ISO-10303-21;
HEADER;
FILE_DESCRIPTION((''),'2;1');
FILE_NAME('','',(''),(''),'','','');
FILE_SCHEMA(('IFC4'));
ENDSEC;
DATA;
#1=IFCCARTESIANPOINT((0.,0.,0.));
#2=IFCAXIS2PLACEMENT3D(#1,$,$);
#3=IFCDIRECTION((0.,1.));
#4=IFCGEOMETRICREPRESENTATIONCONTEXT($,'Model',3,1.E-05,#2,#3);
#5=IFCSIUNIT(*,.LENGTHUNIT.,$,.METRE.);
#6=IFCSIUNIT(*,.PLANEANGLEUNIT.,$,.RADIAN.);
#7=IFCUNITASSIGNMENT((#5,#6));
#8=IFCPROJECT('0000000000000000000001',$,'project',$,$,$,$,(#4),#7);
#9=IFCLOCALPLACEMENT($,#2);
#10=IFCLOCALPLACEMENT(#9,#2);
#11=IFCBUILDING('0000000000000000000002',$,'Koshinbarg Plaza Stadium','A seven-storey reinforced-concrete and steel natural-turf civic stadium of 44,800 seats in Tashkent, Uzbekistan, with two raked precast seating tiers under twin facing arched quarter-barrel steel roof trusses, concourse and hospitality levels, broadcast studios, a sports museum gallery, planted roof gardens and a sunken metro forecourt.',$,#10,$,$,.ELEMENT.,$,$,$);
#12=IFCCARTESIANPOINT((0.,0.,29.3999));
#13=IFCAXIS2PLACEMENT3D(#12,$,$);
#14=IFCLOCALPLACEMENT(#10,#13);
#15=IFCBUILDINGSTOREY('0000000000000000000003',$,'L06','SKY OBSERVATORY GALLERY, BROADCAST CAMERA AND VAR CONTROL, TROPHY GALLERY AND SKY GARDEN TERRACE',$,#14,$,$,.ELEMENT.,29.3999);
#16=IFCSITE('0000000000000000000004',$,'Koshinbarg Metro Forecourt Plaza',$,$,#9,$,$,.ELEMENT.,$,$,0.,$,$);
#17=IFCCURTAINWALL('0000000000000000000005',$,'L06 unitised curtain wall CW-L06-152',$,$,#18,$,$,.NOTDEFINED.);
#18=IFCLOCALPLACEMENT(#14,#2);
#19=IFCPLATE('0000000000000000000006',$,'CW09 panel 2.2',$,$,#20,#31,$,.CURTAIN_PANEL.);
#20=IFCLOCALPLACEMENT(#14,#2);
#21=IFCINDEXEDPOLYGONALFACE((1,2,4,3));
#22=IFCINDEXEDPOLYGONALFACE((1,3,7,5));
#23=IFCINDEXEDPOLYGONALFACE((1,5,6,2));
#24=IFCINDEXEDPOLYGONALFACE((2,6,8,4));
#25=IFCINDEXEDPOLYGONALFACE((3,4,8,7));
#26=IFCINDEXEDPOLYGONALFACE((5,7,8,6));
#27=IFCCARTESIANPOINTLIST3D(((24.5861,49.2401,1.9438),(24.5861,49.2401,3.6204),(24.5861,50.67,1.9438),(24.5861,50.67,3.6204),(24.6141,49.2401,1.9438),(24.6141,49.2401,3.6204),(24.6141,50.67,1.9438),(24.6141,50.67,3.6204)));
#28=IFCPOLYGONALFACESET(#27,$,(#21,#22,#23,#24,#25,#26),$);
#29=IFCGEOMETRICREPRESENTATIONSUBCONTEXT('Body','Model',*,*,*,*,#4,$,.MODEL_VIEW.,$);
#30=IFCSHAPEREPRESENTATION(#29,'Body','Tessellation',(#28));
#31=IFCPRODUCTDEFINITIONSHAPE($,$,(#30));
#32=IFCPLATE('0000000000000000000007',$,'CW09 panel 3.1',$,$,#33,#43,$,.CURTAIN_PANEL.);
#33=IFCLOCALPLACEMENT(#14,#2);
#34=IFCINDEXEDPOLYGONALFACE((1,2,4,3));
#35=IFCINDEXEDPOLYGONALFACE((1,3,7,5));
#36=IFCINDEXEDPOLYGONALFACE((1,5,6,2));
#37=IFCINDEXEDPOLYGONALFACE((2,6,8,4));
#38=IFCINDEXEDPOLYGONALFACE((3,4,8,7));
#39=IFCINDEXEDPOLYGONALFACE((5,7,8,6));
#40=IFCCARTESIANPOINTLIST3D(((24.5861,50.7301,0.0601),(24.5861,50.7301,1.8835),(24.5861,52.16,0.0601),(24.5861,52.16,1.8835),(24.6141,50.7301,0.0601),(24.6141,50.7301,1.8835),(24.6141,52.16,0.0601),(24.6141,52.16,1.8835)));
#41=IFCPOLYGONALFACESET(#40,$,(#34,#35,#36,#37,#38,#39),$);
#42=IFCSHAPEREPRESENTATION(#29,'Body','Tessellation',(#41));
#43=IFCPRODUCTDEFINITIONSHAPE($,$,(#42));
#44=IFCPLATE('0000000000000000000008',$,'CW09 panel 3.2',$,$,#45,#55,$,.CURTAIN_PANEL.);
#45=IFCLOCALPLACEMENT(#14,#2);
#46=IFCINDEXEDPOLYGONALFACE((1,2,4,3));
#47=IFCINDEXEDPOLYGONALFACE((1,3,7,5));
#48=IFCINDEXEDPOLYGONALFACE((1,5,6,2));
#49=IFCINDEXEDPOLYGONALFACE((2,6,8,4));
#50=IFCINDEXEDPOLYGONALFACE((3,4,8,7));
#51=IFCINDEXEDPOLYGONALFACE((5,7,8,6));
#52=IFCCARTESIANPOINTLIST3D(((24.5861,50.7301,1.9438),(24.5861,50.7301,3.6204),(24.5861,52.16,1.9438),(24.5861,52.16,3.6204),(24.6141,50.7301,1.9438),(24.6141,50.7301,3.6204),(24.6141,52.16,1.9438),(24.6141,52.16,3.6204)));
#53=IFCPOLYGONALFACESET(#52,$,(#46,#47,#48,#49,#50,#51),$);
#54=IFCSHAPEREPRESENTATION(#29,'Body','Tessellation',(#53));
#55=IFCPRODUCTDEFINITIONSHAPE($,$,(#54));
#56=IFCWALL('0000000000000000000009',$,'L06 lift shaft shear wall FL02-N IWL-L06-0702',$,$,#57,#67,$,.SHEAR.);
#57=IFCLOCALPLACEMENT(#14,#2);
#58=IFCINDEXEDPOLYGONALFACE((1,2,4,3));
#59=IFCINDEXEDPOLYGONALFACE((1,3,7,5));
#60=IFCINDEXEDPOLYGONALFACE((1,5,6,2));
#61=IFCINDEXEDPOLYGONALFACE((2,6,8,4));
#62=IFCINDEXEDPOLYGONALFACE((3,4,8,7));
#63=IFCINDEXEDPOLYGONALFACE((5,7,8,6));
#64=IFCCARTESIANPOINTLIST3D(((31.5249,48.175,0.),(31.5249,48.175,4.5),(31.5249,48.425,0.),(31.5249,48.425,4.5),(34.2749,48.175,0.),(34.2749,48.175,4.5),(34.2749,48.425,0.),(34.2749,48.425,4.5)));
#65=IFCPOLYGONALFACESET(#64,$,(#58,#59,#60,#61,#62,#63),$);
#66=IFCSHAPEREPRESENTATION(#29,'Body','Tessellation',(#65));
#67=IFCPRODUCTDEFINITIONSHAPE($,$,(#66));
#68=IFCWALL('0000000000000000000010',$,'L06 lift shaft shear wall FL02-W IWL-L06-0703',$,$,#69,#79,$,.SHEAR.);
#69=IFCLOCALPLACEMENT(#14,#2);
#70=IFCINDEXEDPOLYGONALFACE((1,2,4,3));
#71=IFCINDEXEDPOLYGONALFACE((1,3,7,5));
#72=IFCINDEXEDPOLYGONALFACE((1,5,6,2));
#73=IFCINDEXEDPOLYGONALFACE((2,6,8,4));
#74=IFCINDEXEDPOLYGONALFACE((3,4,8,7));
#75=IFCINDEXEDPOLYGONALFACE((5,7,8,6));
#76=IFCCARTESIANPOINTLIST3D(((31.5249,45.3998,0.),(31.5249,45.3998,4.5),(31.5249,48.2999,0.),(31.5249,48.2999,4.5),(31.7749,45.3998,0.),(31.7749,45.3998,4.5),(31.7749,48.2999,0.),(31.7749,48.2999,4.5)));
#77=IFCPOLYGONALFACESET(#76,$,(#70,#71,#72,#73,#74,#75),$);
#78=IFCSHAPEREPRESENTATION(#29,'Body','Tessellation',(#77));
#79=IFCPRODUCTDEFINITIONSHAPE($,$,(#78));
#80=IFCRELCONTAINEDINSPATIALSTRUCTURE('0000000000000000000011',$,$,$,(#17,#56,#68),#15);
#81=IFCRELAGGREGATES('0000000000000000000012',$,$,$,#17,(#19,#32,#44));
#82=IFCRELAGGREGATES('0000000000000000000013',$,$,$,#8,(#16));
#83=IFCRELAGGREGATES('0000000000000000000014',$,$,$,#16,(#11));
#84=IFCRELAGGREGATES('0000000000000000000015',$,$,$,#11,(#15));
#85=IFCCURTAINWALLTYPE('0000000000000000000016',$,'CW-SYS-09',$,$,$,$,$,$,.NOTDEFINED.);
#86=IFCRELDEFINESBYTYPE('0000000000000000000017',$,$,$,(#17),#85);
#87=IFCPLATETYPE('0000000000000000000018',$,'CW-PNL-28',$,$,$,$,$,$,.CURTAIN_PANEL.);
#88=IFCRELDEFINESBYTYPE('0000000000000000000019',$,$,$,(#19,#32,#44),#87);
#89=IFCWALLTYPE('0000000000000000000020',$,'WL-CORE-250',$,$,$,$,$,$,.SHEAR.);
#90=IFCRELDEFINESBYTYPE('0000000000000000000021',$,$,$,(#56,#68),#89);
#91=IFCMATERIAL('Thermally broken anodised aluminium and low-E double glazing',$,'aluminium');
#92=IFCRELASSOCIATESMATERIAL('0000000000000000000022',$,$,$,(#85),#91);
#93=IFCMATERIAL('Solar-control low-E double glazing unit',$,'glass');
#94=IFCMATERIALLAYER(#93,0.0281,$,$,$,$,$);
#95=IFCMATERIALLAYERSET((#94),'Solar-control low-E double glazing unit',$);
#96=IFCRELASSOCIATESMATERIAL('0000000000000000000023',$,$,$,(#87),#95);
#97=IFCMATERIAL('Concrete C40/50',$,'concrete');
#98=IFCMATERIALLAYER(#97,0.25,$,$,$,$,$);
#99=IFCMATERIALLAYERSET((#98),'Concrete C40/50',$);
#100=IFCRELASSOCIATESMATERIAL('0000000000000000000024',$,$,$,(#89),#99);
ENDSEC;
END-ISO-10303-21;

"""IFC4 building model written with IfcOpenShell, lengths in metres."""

from ifc_helpers import new_model, si_unit, direction, frame, frame_2d, origin, origin_2d, place, context, subcontext, project, spatial, rectangle, extrude, material, layer, layer_set, type_object, element, aggregate, save


model = new_model("IFC4")

# Units and contexts
model_context = context("Model", 3, precision=1e-05, world=origin(), true_north=direction((0.0, 1.0)))
body_context = subcontext(model_context, "Body", "Model", "MODEL_VIEW")
ifc_project = project(units=[si_unit("LENGTHUNIT", "METRE"), si_unit("PLANEANGLEUNIT", "RADIAN")], contexts=[model_context])

# Site, building, storey
site_placement = place(None, origin())
site = spatial("IfcSite", under=ifc_project, at=site_placement, Name="Koshinbarg Metro Forecourt Plaza", CompositionType="ELEMENT", RefElevation=0.0)
building_placement = place(site_placement, origin())
building = spatial("IfcBuilding", under=site, at=building_placement, Name="Koshinbarg Plaza Stadium", Description="A seven-storey reinforced-concrete and steel natural-turf civic stadium of 44,800 seats in Tashkent, Uzbekistan, with two raked precast seating tiers under twin facing arched quarter-barrel steel roof trusses, concourse and hospitality levels, broadcast studios, a sports museum gallery, planted roof gardens and a sunken metro forecourt.", CompositionType="ELEMENT")
storey_placement = place(building_placement, frame((0.0, 0.0, 29.3999)))
storey = spatial("IfcBuildingStorey", under=building, at=storey_placement, Name="L06", Description="SKY OBSERVATORY GALLERY, BROADCAST CAMERA AND VAR CONTROL, TROPHY GALLERY AND SKY GARDEN TERRACE", CompositionType="ELEMENT", Elevation=29.3999)

# Curtain wall, plates
ifc_material_1 = material(Name="Thermally broken anodised aluminium and low-E double glazing", Category="aluminium")
curtain_wall_type = type_object("IfcCurtainWallType", Name="CW-SYS-09", PredefinedType="NOTDEFINED", material=ifc_material_1)
curtain_wall_placement = place(storey_placement, origin())
curtain_wall = element("IfcCurtainWall", 1, at=curtain_wall_placement, inside=storey, type_object=curtain_wall_type, Name="L06 unitised curtain wall CW-L06-152", PredefinedType="NOTDEFINED")
ifc_material_2 = material(Name="Solar-control low-E double glazing unit", Category="glass")
ifc_layer_1 = layer(ifc_material_2, 0.0281)
ifc_layer_set_1 = layer_set([ifc_layer_1], Name="Solar-control low-E double glazing unit")
plate_type = type_object("IfcPlateType", Name="CW-PNL-28", PredefinedType="CURTAIN_PANEL", material=ifc_layer_set_1)
plate_1_placement = place(storey_placement, frame((24.6001, 49.9551, 1.9438), z_axis=(0.0, 0.0, 1.0), x_axis=(0.0, 1.0, 0.0)))
plate_1 = element("IfcPlate", 2, at=plate_1_placement, type_object=plate_type, Name="CW09 panel 2.2", PredefinedType="CURTAIN_PANEL", context=body_context, shape_type="SweptSolid", body=[
    extrude(rectangle(XDim=1.4299, YDim=0.0281, at=origin_2d()), origin(), (0.0, 0.0, 1.0), 1.6765),
])
plate_2_placement = place(storey_placement, frame((24.6001, 51.4451, 0.0601), z_axis=(0.0, 0.0, 1.0), x_axis=(0.0, 1.0, 0.0)))
plate_2 = element("IfcPlate", 3, at=plate_2_placement, type_object=plate_type, Name="CW09 panel 3.1", PredefinedType="CURTAIN_PANEL", context=body_context, shape_type="SweptSolid", body=[
    extrude(rectangle(XDim=1.4299, YDim=0.0281, at=origin_2d()), origin(), (0.0, 0.0, 1.0), 1.8235),
])
plate_3_placement = place(storey_placement, frame((24.6001, 51.4451, 1.9438), z_axis=(0.0, 0.0, 1.0), x_axis=(0.0, 1.0, 0.0)))
plate_3 = element("IfcPlate", 4, at=plate_3_placement, type_object=plate_type, Name="CW09 panel 3.2", PredefinedType="CURTAIN_PANEL", context=body_context, shape_type="SweptSolid", body=[
    extrude(rectangle(XDim=1.4299, YDim=0.0281, at=origin_2d()), origin(), (0.0, 0.0, 1.0), 1.6765),
])
aggregate(curtain_wall, [plate_1, plate_2, plate_3])

# Walls
ifc_material_3 = material(Name="Concrete C40/50", Category="concrete")
ifc_layer_2 = layer(ifc_material_3, 0.25)
ifc_layer_set_2 = layer_set([ifc_layer_2], Name="Concrete C40/50")
wall_type = type_object("IfcWallType", Name="WL-CORE-250", PredefinedType="SHEAR", material=ifc_layer_set_2)
wall_1_placement = place(storey_placement, frame((34.2749, 48.3, 0.0), z_axis=(0.0, 0.0, 1.0), x_axis=(-1.0, 0.0, 0.0)))
element("IfcWall", 5, at=wall_1_placement, inside=storey, type_object=wall_type, Name="L06 lift shaft shear wall FL02-N IWL-L06-0702", PredefinedType="SHEAR", context=body_context, shape_type="SweptSolid", body=[
    extrude(rectangle(XDim=2.75, YDim=0.25, at=frame_2d((1.375, 0.0))), origin(), (0.0, 0.0, 1.0), 4.5),
])
wall_2_placement = place(storey_placement, frame((31.6499, 48.3, 0.0), z_axis=(0.0, 0.0, 1.0), x_axis=(0.0, -1.0, 0.0)))
element("IfcWall", 6, at=wall_2_placement, inside=storey, type_object=wall_type, Name="L06 lift shaft shear wall FL02-W IWL-L06-0703", PredefinedType="SHEAR", context=body_context, shape_type="SweptSolid", body=[
    extrude(rectangle(XDim=2.9001, YDim=0.25, at=frame_2d((1.4502, 0.0))), origin(), (0.0, 0.0, 1.0), 4.5),
])

save(model, "model.ifc")
